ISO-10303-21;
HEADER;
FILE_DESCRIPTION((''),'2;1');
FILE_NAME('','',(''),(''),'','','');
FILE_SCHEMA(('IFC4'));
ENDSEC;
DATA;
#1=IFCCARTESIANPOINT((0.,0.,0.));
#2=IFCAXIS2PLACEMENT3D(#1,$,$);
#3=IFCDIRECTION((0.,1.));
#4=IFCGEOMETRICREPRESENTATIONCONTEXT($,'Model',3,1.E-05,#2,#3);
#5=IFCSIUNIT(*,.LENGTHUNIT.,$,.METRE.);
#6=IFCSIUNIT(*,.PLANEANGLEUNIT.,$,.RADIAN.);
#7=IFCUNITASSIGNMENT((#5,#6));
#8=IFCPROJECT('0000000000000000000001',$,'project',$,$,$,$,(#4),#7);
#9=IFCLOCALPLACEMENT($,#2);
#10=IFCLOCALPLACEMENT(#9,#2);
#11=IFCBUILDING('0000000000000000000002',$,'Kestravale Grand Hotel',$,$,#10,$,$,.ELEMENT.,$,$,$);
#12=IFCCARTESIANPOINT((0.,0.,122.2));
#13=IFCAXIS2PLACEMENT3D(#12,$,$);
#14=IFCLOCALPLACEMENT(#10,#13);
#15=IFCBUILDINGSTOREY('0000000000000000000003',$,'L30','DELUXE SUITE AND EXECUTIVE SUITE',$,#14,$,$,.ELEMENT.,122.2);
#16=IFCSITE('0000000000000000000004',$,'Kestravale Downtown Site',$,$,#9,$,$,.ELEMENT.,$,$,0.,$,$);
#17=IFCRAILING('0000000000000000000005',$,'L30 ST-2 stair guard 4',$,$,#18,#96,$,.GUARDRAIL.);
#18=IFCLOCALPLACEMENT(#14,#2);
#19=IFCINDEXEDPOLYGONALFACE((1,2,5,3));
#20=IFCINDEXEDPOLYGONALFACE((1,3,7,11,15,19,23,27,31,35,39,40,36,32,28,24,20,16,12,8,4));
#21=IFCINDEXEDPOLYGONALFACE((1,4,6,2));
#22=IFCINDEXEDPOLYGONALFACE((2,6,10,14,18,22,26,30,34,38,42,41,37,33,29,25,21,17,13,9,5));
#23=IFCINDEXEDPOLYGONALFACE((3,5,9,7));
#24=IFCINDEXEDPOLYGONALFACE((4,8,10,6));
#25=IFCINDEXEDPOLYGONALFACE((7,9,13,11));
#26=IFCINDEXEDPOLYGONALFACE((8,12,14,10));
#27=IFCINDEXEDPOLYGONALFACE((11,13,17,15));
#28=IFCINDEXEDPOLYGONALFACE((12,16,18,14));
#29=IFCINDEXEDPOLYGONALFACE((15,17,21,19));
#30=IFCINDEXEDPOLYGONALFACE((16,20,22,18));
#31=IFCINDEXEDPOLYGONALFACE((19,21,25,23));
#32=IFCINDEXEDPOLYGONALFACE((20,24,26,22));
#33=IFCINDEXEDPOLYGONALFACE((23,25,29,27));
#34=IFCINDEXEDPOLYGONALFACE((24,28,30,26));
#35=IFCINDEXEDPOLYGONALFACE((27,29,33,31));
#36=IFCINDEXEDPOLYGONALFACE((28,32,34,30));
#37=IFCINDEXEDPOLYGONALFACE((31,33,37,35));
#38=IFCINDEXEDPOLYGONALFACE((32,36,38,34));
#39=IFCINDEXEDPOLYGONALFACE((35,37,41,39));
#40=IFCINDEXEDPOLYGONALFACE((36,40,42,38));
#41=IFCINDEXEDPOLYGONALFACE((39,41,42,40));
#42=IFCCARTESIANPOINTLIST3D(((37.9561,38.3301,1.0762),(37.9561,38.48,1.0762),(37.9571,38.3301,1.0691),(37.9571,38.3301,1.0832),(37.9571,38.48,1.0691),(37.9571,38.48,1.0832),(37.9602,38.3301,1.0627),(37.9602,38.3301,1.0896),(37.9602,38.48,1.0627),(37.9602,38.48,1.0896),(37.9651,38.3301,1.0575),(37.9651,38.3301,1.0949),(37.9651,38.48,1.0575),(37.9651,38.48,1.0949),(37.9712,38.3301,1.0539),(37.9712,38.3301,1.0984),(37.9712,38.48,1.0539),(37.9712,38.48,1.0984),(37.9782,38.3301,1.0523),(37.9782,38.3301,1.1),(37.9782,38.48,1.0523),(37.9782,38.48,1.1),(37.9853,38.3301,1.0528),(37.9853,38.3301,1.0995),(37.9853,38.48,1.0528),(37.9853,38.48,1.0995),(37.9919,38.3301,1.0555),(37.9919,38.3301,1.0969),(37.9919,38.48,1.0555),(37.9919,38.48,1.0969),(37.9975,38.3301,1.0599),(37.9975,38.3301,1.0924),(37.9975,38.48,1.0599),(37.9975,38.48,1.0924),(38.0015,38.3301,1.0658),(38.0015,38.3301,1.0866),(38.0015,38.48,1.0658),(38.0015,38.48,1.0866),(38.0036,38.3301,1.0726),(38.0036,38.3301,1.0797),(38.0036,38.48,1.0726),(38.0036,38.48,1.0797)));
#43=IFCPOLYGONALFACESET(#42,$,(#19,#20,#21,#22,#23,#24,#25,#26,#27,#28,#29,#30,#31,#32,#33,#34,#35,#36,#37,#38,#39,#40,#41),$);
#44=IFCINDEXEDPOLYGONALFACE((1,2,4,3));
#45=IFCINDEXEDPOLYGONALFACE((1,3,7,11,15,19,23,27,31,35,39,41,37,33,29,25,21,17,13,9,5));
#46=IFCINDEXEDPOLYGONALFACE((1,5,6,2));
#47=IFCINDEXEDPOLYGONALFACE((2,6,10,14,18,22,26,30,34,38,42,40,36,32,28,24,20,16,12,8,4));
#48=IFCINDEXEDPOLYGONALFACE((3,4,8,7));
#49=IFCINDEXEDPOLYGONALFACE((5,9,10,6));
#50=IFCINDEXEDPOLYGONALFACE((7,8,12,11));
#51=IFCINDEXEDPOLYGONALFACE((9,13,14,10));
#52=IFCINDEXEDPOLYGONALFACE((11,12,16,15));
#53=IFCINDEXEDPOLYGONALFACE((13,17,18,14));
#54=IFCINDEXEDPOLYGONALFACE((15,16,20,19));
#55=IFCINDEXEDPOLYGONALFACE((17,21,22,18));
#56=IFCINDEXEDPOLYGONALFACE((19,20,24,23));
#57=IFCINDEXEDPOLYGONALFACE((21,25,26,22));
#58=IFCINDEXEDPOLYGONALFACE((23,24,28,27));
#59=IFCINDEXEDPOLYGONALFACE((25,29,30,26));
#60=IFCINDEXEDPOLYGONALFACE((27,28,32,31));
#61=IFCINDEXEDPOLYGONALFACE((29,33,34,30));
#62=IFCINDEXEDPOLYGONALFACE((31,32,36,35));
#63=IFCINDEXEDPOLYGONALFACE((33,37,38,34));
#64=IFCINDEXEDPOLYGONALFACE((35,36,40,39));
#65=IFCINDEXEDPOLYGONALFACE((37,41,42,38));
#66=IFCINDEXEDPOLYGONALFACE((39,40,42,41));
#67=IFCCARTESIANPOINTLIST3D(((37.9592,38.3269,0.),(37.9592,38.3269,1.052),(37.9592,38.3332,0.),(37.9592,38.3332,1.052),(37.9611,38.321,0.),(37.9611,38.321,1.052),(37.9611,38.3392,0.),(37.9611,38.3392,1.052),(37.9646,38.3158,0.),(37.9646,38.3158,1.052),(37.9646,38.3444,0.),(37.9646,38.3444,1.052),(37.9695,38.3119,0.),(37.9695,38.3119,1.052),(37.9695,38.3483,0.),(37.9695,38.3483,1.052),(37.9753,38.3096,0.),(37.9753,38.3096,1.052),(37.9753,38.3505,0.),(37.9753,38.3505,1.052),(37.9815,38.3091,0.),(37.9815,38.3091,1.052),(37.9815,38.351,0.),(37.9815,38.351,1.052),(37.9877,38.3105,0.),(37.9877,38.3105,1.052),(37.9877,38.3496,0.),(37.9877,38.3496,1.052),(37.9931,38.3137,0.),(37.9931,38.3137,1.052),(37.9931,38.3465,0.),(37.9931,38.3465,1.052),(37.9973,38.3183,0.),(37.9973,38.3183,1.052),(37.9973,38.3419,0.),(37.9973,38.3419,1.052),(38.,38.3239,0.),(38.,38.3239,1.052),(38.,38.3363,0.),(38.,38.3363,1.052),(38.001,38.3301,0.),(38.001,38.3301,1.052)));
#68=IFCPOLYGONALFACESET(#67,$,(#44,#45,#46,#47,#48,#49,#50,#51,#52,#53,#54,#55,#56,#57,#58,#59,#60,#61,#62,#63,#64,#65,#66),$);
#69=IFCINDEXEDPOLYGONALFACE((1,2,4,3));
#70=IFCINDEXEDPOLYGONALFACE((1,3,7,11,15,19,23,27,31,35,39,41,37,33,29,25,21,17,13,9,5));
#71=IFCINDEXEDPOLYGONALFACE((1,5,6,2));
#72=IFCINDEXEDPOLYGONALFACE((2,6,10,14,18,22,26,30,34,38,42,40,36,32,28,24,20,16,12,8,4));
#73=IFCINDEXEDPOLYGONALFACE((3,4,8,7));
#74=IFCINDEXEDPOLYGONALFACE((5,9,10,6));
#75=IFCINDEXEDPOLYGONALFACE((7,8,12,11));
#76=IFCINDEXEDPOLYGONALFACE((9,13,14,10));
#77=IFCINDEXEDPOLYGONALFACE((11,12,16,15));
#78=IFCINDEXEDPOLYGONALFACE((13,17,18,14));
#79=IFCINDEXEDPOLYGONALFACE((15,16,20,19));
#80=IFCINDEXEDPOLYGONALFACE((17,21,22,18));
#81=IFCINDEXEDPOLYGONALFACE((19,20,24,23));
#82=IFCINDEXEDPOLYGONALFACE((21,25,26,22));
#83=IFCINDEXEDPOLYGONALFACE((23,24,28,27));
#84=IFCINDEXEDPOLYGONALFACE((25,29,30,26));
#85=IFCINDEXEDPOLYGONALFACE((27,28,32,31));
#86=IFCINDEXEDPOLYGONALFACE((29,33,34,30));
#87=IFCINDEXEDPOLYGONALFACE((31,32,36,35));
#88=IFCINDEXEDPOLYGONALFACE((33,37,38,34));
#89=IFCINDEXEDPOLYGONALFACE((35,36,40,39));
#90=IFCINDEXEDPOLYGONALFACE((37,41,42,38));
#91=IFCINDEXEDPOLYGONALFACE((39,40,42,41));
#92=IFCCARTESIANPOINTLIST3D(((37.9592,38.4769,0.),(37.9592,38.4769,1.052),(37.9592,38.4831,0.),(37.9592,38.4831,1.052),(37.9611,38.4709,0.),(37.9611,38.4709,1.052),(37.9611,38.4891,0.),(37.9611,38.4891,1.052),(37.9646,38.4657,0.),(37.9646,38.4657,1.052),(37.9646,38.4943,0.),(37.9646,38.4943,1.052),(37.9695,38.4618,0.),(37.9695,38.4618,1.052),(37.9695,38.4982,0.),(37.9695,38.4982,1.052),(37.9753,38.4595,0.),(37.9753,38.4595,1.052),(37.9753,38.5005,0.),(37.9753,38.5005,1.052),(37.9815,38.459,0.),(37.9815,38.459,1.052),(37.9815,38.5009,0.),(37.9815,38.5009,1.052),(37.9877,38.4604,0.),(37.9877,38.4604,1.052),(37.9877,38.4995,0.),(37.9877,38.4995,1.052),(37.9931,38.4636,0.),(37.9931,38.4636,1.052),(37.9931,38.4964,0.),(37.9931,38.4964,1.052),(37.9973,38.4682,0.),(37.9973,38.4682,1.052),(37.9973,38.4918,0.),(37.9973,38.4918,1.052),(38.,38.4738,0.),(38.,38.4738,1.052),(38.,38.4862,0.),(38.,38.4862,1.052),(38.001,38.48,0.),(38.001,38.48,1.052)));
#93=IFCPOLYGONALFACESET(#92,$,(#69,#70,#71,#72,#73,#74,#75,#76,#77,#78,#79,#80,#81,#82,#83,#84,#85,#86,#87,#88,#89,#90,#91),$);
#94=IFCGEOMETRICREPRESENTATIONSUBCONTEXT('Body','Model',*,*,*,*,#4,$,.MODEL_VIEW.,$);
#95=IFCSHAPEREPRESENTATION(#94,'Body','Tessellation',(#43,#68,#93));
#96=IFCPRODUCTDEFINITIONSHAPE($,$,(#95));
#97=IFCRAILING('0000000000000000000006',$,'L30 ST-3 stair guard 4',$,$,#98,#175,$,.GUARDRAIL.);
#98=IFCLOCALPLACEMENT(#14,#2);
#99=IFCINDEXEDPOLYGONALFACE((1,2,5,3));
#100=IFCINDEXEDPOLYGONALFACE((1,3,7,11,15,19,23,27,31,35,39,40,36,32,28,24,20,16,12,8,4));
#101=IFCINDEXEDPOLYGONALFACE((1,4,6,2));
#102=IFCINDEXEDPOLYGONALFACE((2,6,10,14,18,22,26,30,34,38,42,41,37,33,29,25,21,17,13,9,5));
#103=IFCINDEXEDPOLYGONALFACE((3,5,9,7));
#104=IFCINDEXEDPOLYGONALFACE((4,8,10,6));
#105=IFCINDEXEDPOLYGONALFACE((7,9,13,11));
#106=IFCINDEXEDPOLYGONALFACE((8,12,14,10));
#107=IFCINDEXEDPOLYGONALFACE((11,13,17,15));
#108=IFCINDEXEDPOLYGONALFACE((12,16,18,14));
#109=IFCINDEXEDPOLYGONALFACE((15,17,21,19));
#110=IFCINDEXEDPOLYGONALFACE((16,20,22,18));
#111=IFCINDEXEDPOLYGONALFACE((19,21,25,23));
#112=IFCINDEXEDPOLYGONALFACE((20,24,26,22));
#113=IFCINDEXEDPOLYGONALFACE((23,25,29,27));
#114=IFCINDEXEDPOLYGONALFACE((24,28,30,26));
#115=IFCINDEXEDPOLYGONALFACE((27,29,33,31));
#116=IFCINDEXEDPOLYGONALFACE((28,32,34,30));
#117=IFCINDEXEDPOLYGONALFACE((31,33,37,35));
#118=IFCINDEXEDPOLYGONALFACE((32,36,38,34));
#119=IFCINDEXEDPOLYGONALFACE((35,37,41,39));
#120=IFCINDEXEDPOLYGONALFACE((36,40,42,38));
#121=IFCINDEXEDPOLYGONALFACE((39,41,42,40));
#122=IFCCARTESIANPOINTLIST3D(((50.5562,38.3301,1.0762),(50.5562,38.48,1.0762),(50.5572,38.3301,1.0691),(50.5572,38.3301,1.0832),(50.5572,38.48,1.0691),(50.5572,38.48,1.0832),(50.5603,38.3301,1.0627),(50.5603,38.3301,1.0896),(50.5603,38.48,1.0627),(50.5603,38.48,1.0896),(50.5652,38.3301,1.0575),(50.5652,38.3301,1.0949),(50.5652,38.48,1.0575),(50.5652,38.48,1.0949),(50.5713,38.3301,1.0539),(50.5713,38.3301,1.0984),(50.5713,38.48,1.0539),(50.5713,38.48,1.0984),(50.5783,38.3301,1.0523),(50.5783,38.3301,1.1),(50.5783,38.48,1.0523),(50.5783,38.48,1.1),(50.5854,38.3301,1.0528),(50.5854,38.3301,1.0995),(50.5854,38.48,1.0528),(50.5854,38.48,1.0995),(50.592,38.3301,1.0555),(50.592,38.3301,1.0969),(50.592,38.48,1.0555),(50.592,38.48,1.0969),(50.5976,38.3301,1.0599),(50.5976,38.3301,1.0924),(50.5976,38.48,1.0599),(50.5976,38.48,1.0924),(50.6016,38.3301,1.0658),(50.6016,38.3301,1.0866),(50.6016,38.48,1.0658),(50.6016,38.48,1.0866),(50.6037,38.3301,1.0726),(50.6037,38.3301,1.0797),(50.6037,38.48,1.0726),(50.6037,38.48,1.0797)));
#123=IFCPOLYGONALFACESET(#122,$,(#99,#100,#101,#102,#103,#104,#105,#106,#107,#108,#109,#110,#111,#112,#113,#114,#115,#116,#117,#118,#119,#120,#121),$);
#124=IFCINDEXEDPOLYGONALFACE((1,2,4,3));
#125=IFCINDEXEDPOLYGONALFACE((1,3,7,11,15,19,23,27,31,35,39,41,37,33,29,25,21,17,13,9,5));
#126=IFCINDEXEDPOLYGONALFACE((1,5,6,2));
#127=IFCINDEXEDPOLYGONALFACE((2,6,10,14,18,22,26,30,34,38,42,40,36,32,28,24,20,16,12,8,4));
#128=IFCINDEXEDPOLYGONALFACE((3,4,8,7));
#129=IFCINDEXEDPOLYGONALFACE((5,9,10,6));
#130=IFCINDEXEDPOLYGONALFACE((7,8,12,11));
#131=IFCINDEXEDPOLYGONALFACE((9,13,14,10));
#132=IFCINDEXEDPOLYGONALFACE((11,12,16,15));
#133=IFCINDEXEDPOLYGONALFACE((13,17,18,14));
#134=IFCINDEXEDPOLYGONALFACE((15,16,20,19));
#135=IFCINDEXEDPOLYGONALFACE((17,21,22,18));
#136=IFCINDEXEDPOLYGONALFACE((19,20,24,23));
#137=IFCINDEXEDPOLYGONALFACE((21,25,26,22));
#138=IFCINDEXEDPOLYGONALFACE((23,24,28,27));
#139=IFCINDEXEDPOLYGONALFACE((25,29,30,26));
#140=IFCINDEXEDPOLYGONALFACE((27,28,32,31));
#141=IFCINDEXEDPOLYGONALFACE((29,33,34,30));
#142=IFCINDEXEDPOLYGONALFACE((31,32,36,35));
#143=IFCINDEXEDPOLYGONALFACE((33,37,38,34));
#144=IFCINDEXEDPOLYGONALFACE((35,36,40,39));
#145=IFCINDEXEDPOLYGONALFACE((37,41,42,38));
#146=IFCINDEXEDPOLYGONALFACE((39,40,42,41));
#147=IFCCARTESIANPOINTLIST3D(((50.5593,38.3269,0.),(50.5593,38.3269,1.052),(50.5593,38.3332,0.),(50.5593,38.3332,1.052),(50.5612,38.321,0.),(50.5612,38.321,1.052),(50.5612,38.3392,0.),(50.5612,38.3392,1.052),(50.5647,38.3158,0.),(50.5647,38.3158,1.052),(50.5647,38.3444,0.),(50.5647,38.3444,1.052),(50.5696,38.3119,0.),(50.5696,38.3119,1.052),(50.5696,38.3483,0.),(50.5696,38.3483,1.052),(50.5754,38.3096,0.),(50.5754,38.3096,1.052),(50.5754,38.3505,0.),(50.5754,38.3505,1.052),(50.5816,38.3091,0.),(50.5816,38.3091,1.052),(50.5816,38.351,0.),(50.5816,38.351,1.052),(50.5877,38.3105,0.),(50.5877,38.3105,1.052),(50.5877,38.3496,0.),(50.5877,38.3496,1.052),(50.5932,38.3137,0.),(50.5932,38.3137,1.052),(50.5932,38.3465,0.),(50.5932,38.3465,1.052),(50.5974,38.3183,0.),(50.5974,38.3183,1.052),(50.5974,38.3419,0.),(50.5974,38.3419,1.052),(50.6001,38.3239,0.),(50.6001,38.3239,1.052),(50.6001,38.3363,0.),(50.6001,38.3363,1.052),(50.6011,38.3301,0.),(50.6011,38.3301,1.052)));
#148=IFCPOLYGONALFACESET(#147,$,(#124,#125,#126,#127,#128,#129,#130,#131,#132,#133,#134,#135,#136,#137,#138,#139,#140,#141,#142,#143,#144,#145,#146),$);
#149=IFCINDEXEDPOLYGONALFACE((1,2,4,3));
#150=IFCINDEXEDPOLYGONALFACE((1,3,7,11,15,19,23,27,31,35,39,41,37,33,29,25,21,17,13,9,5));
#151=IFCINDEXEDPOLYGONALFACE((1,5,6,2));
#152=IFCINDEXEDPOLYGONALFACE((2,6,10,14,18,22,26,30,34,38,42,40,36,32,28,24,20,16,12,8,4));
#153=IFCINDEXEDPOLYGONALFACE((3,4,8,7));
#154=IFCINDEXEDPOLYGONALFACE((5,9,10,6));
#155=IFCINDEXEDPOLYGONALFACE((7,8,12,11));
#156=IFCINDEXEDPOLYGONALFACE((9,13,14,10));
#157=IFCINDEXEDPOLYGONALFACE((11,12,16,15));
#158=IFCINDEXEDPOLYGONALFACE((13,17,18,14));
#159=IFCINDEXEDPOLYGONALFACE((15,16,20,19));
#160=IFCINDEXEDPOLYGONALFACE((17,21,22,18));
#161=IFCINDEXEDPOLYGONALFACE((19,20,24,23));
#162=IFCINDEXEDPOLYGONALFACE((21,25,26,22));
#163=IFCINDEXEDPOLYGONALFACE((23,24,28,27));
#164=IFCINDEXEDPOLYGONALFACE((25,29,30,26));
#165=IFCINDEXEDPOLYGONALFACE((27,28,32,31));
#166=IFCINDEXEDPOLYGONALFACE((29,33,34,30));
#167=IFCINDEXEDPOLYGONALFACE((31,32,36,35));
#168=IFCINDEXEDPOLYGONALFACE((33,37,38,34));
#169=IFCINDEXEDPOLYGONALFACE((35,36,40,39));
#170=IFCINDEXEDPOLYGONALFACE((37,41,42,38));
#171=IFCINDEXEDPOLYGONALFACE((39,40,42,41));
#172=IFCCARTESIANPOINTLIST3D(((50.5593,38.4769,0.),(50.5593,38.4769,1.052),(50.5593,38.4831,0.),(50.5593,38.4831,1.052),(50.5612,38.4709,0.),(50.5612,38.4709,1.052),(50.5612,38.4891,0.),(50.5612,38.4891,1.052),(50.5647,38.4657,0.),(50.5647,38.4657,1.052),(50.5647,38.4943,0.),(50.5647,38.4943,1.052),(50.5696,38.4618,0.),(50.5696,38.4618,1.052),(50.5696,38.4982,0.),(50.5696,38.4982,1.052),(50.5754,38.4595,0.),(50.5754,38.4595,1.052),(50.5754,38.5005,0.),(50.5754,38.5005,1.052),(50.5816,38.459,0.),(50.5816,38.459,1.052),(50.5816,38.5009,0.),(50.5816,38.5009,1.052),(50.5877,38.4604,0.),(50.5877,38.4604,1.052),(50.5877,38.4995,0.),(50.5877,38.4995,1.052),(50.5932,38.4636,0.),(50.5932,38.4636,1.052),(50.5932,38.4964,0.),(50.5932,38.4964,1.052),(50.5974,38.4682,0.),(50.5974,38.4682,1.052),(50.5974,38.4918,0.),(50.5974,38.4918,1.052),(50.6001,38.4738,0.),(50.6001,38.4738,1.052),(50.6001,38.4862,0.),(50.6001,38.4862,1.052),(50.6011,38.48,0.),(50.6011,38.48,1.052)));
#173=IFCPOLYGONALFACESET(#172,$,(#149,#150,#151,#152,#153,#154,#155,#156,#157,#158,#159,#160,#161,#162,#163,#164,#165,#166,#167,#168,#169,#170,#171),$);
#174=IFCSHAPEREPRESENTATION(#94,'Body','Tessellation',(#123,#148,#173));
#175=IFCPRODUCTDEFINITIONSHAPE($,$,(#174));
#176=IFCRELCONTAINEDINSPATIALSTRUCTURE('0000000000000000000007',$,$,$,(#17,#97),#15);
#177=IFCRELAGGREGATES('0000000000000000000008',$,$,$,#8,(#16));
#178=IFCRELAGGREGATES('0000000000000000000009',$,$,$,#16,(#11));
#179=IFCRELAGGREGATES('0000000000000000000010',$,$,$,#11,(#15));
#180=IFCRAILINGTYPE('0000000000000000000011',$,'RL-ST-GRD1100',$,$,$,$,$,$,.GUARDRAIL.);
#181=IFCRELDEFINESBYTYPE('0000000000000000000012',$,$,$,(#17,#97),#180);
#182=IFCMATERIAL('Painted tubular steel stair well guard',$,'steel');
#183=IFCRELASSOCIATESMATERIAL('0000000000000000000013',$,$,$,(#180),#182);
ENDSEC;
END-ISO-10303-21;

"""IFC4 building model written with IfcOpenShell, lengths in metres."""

from ifc_helpers import new_model, si_unit, direction, frame, origin, origin_2d, place, context, subcontext, project, spatial, circle, extrude, material, type_object, element, save


model = new_model("IFC4")

# Units and contexts
model_context = context("Model", 3, precision=1e-05, world=origin(), true_north=direction((0.0, 1.0)))
body_context = subcontext(model_context, "Body", "Model", "MODEL_VIEW")
ifc_project = project(units=[si_unit("LENGTHUNIT", "METRE"), si_unit("PLANEANGLEUNIT", "RADIAN")], contexts=[model_context])

# Site, building, storey
site_placement = place(None, origin())
site = spatial("IfcSite", under=ifc_project, at=site_placement, Name="Kestravale Downtown Site", CompositionType="ELEMENT", RefElevation=0.0)
building_placement = place(site_placement, origin())
building = spatial("IfcBuilding", under=site, at=building_placement, Name="Kestravale Grand Hotel", CompositionType="ELEMENT")
storey_placement = place(building_placement, frame((0.0, 0.0, 122.2)))
storey = spatial("IfcBuildingStorey", under=building, at=storey_placement, Name="L30", Description="DELUXE SUITE AND EXECUTIVE SUITE", CompositionType="ELEMENT", Elevation=122.2)

# Railings
ifc_material_1 = material(Name="Painted tubular steel stair well guard", Category="steel")
railing_type_1 = type_object("IfcRailingType", Name="RL-ST-GRD1100", PredefinedType="GUARDRAIL", material=ifc_material_1)
for number, where, name in (
    (1, (37.98, 38.3301, 0.0), "L30 ST-2 stair guard 4"),
    (2, (50.5801, 38.3301, 0.0), "L30 ST-3 stair guard 4"),
):
    element("IfcRailing", number, at=place(storey_placement, frame(where)), inside=storey, type_object=railing_type_1, Name=name, PredefinedType="GUARDRAIL", context=body_context, shape_type="SweptSolid", body=[
        extrude(circle(Radius=0.0239, at=origin_2d()), frame((0.0, 0.0, 1.0762), z_axis=(0.0, 1.0, 0.0), x_axis=(-1.0, 0.0, 0.0)), (0.0, 0.0, 1.0), 0.1499),
        extrude(circle(Radius=0.021, at=origin_2d()), origin(), (0.0, 0.0, 1.0), 1.052),
        extrude(circle(Radius=0.021, at=origin_2d()), frame((0.0, 0.1499, 0.0)), (0.0, 0.0, 1.0), 1.052),
    ])

save(model, "model.ifc")
